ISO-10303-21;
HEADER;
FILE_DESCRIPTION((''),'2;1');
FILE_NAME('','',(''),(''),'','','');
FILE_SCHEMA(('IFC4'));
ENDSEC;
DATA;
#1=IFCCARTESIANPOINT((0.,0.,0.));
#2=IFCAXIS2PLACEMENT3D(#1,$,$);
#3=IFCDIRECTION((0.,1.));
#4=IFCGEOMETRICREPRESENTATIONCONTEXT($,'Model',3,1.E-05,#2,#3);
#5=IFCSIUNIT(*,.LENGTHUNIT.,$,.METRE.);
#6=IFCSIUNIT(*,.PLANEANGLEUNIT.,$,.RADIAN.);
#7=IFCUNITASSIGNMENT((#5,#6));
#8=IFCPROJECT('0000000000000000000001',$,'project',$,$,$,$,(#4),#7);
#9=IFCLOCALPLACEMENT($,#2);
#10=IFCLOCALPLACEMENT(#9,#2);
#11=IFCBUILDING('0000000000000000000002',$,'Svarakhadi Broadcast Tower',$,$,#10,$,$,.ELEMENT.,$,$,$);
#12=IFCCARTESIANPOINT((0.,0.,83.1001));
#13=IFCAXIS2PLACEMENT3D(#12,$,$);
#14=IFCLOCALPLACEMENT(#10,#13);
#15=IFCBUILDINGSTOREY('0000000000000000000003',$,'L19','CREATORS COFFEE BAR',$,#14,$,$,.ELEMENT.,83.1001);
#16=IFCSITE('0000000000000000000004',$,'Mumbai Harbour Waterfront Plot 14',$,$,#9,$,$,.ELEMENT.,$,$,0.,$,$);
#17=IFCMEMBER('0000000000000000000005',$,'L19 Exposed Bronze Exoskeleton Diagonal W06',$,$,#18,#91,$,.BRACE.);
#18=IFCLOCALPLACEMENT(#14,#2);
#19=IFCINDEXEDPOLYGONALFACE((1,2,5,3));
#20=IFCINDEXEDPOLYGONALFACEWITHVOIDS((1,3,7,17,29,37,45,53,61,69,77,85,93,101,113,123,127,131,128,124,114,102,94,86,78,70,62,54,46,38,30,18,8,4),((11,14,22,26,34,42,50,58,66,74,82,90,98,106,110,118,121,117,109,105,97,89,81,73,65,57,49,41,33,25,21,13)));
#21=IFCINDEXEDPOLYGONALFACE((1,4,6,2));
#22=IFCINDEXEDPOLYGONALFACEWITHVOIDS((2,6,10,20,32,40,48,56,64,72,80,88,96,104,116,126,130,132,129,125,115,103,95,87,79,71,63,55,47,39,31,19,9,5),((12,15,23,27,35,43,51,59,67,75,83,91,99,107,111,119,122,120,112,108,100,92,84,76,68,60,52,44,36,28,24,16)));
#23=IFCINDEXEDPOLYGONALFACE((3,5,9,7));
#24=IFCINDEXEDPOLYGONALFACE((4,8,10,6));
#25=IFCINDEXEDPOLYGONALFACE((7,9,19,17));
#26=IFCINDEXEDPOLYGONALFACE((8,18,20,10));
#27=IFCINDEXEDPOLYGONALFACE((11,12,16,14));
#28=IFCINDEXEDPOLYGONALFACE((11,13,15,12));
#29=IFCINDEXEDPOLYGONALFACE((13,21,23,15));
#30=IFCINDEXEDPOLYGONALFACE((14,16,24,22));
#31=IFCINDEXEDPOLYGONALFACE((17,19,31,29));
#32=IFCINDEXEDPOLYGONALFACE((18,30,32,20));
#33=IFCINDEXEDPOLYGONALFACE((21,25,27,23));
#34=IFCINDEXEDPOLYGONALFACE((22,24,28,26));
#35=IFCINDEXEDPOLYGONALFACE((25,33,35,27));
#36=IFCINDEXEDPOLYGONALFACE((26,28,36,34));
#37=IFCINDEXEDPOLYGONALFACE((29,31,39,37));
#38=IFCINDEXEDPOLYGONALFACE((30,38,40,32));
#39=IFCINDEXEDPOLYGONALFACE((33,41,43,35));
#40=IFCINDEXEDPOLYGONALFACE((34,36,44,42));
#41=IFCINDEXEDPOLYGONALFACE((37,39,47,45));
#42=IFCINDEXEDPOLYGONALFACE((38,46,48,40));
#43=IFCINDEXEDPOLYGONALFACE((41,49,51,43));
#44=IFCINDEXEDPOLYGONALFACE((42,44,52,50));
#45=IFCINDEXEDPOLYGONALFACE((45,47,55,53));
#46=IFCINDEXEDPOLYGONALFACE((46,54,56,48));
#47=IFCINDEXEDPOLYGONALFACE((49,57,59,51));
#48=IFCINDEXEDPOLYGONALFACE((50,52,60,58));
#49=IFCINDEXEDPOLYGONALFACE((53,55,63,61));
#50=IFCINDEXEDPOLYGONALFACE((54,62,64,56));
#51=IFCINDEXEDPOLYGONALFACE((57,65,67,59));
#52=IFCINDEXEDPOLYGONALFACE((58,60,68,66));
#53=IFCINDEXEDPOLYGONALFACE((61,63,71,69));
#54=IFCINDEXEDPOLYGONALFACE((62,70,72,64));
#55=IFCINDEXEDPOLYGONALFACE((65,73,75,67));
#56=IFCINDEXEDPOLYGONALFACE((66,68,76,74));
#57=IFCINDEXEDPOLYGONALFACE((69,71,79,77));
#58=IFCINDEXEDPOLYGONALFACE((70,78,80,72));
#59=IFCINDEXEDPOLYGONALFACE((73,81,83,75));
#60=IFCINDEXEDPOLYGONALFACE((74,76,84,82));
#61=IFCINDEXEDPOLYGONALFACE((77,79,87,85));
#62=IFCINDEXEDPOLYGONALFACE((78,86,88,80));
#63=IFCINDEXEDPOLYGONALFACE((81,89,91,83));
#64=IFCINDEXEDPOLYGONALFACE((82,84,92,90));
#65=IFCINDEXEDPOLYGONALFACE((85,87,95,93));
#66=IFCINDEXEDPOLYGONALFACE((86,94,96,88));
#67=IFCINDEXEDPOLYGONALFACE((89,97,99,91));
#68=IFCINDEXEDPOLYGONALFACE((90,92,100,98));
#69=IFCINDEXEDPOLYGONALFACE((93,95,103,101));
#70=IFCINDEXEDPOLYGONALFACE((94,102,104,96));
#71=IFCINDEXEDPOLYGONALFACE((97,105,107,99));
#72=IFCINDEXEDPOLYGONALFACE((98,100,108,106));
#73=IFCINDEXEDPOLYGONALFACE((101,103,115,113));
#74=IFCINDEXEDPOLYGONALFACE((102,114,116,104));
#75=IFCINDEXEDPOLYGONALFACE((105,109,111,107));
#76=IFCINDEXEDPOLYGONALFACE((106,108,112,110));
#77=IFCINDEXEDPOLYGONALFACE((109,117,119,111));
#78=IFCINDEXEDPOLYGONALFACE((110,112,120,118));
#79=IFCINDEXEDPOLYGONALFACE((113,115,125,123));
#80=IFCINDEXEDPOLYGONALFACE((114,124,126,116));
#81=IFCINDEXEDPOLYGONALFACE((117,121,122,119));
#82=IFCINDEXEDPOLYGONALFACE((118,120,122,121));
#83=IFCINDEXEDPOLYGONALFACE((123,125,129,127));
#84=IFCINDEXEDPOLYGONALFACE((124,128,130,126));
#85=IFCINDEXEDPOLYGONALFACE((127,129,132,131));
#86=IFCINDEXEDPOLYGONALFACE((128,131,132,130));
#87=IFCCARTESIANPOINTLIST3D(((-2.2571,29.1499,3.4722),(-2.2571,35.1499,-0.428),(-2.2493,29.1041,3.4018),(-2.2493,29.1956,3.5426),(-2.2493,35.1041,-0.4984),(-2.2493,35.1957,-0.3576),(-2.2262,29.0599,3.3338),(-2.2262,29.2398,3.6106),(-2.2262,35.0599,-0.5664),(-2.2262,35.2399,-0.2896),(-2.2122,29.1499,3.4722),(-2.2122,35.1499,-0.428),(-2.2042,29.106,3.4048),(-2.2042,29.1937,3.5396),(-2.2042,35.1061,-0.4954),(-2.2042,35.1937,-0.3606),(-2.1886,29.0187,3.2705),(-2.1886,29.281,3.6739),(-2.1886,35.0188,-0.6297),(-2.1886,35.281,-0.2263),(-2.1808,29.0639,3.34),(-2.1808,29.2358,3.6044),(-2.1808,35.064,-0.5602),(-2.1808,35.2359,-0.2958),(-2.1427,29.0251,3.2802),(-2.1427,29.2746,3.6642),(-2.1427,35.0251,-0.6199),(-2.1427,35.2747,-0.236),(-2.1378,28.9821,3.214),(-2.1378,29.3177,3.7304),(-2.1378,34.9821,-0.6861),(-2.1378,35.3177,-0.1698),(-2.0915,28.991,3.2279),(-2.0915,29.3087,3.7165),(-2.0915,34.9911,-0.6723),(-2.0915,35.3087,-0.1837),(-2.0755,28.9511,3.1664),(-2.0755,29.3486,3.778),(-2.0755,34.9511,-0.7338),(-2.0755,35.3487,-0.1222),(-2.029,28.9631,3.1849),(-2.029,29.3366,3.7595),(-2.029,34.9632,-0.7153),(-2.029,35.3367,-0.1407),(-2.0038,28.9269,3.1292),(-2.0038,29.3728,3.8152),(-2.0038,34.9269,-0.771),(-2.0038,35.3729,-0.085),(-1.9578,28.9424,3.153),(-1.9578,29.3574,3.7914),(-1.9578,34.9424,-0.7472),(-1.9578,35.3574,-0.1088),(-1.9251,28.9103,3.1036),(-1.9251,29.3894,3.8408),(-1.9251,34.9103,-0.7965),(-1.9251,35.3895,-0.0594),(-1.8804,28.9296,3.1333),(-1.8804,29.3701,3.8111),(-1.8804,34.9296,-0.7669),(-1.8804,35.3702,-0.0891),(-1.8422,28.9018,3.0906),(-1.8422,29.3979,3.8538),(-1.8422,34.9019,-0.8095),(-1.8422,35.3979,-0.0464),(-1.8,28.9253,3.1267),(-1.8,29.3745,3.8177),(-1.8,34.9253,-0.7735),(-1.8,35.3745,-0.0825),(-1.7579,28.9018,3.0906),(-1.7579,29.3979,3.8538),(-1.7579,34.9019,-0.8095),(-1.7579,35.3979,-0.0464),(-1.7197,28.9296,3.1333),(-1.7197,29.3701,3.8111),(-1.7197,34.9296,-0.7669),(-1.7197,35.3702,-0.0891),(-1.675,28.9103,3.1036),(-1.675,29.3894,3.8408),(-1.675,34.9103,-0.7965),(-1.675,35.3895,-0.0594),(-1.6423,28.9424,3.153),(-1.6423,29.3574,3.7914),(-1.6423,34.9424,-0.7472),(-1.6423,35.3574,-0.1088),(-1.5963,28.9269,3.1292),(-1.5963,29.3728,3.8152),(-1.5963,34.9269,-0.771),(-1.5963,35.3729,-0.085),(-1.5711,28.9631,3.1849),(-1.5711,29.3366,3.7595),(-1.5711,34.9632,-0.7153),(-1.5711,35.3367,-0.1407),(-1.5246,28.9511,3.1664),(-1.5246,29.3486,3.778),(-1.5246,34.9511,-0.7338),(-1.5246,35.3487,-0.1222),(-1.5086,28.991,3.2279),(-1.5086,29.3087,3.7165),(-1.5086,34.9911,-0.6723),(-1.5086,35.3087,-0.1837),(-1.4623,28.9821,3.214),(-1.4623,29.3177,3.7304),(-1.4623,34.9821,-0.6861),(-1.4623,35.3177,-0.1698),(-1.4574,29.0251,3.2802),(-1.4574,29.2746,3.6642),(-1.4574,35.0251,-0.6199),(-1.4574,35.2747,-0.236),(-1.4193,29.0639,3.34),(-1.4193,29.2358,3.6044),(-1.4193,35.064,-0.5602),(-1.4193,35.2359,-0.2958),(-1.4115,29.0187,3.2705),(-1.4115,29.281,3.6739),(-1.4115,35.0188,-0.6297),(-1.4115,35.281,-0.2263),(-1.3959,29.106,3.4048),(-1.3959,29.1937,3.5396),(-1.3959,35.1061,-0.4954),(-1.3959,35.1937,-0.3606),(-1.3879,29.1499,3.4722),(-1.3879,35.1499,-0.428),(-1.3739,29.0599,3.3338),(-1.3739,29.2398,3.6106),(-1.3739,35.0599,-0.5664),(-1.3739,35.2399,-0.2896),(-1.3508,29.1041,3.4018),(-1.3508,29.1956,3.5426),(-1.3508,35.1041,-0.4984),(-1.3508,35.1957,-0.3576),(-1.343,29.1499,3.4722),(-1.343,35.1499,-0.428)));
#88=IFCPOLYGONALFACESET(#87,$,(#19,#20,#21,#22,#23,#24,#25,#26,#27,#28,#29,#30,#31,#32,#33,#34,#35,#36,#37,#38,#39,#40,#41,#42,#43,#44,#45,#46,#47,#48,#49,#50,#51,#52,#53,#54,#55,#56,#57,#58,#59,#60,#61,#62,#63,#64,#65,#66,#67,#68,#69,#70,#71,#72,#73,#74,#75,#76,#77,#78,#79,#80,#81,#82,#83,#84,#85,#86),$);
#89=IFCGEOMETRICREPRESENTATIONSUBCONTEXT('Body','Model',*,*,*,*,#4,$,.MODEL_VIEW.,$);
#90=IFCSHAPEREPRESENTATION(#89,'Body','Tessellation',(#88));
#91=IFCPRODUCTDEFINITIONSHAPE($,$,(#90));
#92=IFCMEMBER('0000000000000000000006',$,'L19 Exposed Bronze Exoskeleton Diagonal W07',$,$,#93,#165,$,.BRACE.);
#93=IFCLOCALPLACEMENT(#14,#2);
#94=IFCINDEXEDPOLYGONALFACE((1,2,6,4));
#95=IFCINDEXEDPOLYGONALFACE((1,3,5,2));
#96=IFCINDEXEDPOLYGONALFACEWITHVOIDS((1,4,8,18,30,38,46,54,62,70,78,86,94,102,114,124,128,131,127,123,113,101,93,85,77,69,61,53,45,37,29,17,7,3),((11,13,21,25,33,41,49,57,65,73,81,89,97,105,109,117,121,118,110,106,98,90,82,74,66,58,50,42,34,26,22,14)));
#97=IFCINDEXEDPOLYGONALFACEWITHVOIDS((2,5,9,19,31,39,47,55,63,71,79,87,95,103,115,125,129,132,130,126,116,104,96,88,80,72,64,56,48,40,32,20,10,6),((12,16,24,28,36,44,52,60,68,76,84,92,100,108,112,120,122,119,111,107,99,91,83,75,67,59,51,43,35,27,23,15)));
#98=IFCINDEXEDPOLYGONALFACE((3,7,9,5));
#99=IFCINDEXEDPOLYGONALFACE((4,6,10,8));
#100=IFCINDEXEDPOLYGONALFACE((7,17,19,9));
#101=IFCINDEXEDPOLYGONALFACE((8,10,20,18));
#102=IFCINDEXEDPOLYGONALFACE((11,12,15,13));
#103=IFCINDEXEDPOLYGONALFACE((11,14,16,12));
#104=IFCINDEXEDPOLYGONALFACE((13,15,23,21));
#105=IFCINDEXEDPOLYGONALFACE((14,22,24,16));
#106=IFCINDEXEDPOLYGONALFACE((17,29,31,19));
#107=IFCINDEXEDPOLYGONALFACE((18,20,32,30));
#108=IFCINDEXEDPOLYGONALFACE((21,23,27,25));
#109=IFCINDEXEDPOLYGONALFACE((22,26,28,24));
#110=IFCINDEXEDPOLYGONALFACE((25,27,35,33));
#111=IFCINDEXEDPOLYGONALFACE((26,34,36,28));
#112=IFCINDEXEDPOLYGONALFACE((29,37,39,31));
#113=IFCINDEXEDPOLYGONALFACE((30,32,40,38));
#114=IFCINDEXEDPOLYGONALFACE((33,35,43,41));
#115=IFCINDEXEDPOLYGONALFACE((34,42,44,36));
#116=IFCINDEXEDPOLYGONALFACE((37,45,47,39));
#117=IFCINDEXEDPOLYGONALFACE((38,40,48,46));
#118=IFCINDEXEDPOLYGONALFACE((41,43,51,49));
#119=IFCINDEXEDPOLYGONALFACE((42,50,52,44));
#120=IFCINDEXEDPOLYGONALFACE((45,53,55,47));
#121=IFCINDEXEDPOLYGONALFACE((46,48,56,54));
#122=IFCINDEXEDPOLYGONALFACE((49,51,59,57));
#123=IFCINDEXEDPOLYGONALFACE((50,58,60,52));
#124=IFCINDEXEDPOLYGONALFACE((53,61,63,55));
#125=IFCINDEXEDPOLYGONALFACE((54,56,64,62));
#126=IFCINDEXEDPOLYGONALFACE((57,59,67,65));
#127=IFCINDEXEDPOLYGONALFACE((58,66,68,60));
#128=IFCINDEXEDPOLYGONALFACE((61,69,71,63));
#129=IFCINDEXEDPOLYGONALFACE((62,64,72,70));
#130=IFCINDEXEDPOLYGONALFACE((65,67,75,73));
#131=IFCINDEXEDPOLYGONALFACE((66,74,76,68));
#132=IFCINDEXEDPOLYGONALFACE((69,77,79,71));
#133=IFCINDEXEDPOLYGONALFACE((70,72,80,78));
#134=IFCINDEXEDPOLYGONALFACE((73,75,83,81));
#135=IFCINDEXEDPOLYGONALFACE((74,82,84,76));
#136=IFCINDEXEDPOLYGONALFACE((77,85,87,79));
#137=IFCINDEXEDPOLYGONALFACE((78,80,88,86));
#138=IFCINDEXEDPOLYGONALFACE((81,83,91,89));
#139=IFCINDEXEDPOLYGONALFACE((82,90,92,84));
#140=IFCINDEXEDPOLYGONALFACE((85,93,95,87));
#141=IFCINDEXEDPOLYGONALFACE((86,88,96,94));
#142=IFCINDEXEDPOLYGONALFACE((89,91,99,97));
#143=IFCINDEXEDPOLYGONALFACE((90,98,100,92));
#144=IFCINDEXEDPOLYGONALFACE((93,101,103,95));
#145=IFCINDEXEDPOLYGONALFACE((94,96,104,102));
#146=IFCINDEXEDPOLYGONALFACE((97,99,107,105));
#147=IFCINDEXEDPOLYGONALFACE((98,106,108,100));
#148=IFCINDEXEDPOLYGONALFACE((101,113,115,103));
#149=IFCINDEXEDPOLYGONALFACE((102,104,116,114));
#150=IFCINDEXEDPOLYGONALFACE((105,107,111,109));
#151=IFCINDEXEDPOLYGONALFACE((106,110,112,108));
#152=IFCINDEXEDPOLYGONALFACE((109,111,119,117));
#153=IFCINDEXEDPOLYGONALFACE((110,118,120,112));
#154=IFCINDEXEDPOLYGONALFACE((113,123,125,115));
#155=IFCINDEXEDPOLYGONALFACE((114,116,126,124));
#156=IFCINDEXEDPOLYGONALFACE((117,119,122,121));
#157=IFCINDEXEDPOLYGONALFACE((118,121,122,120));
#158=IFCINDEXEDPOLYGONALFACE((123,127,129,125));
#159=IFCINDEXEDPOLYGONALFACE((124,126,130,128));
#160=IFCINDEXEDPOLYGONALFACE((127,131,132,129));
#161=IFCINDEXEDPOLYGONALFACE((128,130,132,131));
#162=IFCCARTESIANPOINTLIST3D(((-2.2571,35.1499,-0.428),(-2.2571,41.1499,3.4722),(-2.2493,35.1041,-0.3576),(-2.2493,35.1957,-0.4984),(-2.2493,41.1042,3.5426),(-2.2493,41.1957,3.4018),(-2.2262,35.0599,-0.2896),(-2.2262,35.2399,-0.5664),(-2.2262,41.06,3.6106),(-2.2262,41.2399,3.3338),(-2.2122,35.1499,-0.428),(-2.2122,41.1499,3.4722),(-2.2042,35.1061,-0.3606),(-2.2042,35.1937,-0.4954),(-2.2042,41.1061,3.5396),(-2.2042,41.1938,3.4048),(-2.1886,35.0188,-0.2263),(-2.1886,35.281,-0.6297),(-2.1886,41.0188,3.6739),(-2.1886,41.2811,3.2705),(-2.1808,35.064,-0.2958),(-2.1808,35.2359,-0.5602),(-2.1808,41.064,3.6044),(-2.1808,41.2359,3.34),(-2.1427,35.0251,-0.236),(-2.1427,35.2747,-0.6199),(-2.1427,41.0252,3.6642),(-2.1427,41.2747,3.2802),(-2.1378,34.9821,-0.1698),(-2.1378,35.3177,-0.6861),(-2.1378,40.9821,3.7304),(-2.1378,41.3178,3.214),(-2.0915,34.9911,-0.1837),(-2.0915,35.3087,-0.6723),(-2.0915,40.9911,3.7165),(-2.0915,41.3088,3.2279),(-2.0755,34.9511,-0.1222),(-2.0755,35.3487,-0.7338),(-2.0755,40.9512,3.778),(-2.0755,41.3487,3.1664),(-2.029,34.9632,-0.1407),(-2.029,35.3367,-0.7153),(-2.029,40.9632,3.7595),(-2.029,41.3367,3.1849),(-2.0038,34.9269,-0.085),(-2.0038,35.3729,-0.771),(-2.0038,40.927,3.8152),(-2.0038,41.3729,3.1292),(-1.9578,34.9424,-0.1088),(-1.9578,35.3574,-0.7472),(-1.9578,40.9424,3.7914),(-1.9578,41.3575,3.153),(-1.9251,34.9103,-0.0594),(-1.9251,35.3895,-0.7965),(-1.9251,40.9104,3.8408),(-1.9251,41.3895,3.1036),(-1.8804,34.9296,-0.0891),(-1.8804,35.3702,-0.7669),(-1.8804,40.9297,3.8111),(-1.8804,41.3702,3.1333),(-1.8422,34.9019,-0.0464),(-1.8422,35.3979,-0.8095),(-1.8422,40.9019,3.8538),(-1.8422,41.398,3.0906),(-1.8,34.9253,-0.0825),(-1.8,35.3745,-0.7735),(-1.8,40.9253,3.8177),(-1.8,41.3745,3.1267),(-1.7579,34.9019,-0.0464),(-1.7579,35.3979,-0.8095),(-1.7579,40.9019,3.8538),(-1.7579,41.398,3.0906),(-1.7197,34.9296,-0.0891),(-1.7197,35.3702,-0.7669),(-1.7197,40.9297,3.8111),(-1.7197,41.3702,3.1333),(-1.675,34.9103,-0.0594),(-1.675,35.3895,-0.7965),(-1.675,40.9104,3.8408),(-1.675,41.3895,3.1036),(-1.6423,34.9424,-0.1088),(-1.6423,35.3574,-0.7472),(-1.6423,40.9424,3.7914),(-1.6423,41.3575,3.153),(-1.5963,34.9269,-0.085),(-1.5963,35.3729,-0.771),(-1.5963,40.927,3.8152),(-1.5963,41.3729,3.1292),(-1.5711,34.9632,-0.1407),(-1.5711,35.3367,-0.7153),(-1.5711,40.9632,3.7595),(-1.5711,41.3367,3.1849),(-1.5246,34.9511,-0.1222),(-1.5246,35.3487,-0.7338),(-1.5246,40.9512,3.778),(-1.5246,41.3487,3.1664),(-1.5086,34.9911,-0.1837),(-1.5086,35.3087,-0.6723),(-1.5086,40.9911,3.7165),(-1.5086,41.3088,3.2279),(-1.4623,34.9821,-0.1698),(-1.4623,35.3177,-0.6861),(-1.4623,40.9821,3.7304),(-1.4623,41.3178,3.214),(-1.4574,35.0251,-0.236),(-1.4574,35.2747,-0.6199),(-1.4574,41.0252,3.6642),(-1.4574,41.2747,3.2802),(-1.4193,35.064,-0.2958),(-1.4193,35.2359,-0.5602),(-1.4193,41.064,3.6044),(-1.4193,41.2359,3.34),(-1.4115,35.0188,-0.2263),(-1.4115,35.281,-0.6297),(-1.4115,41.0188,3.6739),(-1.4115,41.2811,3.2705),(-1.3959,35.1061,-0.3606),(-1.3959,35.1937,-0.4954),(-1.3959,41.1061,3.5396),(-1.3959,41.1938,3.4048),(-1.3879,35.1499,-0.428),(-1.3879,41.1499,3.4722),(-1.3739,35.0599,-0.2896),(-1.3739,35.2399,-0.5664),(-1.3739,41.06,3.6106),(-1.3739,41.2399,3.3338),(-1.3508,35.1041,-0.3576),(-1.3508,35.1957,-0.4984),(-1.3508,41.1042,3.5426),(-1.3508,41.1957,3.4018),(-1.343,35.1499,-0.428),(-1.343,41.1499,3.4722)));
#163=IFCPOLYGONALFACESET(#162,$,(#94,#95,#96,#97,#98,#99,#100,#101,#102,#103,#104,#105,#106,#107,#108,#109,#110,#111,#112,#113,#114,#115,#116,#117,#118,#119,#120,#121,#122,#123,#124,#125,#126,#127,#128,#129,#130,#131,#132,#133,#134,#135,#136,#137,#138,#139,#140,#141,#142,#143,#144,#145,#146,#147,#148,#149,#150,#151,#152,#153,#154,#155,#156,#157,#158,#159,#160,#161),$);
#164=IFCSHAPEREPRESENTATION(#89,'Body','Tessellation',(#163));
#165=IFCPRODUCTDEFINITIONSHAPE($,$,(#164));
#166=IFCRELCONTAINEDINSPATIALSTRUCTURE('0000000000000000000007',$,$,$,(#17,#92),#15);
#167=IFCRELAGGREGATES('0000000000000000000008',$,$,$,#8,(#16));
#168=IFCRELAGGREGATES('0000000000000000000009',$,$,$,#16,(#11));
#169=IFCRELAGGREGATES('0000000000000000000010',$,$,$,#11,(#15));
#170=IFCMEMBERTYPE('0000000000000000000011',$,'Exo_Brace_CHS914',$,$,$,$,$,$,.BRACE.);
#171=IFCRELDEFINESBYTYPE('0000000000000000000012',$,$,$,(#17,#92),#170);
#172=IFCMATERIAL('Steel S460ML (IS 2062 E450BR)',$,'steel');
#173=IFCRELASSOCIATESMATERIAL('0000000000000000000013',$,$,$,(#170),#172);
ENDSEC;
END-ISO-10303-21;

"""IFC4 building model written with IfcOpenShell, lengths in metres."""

from ifc_helpers import new_model, si_unit, direction, frame, origin, origin_2d, place, context, subcontext, project, spatial, hollow_circle, extrude, material, material_profile, profile_set, type_object, element, save


model = new_model("IFC4")

# Units and contexts
model_context = context("Model", 3, precision=1e-05, world=origin(), true_north=direction((0.0, 1.0)))
body_context = subcontext(model_context, "Body", "Model", "MODEL_VIEW")
ifc_project = project(units=[si_unit("LENGTHUNIT", "METRE"), si_unit("PLANEANGLEUNIT", "RADIAN")], contexts=[model_context])

# Site, building, storey
site_placement = place(None, origin())
site = spatial("IfcSite", under=ifc_project, at=site_placement, Name="Mumbai Harbour Waterfront Plot 14", CompositionType="ELEMENT", RefElevation=0.0)
building_placement = place(site_placement, origin())
building = spatial("IfcBuilding", under=site, at=building_placement, Name="Svarakhadi Broadcast Tower", CompositionType="ELEMENT")
storey_placement = place(building_placement, frame((0.0, 0.0, 83.1001)))
storey = spatial("IfcBuildingStorey", under=building, at=storey_placement, Name="L19", Description="CREATORS COFFEE BAR", CompositionType="ELEMENT", Elevation=83.1001)

# Shared definitions
ifc_material_1 = material(Name="Steel S460ML (IS 2062 E450BR)", Category="steel")

# Members
ifc_material_profile_1 = material_profile(ifc_material_1, hollow_circle(Radius=0.457, WallThickness=0.0449, at=origin_2d()), Name="CHS 914x45")
ifc_profile_set_1 = profile_set([ifc_material_profile_1], Name="Steel S460ML (IS 2062 E450BR)")
member_type_1 = type_object("IfcMemberType", Name="Exo_Brace_CHS914", PredefinedType="BRACE", material=ifc_profile_set_1)
for number, where, z_axis, x_axis, name in (
    (1, (-1.8, 35.1499, -0.428), (0.0, -0.838434, 0.545003), (1.0, 0.0, 0.0), "L19 Exposed Bronze Exoskeleton Diagonal W06"),
    (2, (-1.8, 35.1499, -0.428), (0.0, 0.838434, 0.545003), (-1.0, 0.0, 0.0), "L19 Exposed Bronze Exoskeleton Diagonal W07"),
):
    element("IfcMember", number, at=place(storey_placement, frame(where, z_axis=z_axis, x_axis=x_axis)), inside=storey, type_object=member_type_1, Name=name, PredefinedType="BRACE", context=body_context, shape_type="SweptSolid", body=[
        extrude(hollow_circle(Radius=0.457, WallThickness=0.0449, at=origin_2d()), origin(), (0.0, 0.0, 1.0), 7.1562),
    ])

save(model, "model.ifc")
